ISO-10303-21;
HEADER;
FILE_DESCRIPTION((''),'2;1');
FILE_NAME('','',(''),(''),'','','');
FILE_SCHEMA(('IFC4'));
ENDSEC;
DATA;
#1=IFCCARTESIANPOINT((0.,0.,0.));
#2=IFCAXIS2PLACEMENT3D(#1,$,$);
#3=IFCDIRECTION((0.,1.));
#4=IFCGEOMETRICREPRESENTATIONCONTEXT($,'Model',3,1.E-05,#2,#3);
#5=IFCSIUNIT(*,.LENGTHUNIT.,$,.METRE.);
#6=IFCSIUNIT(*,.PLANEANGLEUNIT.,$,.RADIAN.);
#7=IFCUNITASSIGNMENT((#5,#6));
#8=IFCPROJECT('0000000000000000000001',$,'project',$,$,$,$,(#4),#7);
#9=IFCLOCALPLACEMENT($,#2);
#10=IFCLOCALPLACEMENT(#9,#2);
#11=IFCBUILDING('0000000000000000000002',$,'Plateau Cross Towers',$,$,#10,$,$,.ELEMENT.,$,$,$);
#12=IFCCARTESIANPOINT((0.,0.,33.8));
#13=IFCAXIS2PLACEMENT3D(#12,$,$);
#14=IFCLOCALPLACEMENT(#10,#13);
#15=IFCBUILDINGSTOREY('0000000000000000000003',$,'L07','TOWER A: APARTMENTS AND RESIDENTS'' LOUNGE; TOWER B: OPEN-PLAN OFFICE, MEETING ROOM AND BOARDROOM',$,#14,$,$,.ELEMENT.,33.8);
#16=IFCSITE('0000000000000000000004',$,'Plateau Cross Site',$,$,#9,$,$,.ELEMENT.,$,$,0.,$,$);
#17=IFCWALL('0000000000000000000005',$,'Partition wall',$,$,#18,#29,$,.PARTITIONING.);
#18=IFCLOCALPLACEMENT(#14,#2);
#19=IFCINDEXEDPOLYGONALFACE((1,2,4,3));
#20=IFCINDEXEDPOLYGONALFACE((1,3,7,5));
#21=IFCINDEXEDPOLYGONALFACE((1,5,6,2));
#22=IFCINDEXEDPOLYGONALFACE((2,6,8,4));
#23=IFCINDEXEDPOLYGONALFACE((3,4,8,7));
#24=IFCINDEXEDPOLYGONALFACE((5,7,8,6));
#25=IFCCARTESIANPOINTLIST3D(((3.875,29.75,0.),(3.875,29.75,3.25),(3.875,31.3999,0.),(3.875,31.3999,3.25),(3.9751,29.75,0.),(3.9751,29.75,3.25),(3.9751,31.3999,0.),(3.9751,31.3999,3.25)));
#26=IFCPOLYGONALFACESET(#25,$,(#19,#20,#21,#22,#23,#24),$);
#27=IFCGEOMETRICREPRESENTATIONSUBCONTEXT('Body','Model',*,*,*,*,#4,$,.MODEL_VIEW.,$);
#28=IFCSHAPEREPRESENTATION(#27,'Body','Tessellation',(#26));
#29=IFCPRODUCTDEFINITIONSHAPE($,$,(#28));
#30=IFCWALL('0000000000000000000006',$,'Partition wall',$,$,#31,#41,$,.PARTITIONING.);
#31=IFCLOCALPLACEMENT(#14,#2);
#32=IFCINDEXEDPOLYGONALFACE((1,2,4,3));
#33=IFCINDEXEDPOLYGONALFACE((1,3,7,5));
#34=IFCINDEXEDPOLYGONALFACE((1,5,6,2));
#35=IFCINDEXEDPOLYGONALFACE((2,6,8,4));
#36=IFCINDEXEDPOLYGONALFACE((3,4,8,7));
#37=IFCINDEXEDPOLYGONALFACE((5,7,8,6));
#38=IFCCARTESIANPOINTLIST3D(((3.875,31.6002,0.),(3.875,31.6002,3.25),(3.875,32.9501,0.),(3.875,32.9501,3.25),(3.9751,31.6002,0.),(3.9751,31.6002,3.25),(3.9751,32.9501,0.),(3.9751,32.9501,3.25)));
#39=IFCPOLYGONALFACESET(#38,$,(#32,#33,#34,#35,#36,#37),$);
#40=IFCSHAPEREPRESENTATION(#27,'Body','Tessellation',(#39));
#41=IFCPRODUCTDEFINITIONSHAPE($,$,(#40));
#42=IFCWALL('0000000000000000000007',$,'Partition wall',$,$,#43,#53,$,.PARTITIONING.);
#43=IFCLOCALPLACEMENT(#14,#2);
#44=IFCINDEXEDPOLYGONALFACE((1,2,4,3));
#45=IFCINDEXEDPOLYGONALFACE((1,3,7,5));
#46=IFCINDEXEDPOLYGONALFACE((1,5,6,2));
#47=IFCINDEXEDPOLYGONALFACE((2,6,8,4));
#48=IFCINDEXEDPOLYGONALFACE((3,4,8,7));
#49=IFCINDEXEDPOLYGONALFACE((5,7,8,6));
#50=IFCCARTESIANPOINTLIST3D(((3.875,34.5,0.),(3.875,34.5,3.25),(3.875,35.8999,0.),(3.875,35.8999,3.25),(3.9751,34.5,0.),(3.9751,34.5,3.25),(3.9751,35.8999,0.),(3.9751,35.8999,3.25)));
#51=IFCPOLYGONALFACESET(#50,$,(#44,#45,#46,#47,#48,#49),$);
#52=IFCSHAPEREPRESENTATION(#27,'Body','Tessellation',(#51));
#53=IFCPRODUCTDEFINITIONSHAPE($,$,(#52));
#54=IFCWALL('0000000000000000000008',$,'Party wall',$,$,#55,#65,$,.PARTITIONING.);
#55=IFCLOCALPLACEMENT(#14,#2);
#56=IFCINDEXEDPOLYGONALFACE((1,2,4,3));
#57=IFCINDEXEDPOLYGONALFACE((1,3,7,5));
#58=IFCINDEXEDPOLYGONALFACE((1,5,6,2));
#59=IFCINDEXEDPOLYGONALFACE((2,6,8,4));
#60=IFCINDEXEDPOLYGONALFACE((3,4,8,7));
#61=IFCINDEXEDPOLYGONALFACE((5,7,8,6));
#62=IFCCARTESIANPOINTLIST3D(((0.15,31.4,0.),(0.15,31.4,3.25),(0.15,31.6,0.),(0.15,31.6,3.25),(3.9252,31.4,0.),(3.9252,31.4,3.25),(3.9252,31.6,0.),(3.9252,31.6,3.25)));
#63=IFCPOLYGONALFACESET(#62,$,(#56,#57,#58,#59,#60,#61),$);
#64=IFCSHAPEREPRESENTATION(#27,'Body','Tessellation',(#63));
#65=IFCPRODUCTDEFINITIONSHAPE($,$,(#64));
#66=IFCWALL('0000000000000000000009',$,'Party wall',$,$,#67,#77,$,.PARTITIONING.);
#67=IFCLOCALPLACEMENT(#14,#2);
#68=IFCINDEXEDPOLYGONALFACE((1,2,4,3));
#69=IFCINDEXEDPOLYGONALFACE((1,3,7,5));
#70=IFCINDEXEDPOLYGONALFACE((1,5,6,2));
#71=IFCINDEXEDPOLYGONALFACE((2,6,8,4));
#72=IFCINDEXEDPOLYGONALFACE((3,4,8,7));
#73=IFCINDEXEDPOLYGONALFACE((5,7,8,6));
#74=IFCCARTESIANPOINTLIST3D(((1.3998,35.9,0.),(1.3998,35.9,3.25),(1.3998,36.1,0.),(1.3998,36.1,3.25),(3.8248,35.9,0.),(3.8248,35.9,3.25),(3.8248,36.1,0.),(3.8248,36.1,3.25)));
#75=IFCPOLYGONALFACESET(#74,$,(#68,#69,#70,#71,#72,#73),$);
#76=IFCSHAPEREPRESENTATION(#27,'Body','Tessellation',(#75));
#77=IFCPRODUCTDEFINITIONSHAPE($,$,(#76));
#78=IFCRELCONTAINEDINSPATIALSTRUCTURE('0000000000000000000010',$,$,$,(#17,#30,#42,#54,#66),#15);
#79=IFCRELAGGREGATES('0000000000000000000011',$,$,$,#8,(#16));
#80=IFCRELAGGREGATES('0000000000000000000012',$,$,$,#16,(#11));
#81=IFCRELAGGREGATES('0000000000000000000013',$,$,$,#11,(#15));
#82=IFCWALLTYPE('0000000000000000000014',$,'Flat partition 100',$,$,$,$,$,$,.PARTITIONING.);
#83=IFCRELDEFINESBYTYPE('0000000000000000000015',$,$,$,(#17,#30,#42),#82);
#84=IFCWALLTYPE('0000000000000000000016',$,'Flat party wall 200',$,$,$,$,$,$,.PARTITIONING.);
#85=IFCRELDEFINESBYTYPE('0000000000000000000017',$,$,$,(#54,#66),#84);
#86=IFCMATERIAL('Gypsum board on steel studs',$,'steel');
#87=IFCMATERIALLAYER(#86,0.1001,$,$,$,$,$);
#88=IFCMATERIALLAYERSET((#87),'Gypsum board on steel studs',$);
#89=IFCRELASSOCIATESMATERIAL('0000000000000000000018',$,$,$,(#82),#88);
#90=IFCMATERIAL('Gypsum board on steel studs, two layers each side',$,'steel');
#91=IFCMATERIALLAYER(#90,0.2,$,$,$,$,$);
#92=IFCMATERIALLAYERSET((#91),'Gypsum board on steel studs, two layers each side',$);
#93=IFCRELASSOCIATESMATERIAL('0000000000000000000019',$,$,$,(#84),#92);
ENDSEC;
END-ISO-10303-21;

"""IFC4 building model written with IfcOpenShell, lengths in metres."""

from ifc_helpers import new_model, si_unit, direction, frame, frame_2d, origin, place, context, subcontext, project, spatial, rectangle, extrude, material, layer, layer_set, type_object, element, save


model = new_model("IFC4")

# Units and contexts
model_context = context("Model", 3, precision=1e-05, world=origin(), true_north=direction((0.0, 1.0)))
body_context = subcontext(model_context, "Body", "Model", "MODEL_VIEW")
ifc_project = project(units=[si_unit("LENGTHUNIT", "METRE"), si_unit("PLANEANGLEUNIT", "RADIAN")], contexts=[model_context])

# Site, building, storey
site_placement = place(None, origin())
site = spatial("IfcSite", under=ifc_project, at=site_placement, Name="Plateau Cross Site", CompositionType="ELEMENT", RefElevation=0.0)
building_placement = place(site_placement, origin())
building = spatial("IfcBuilding", under=site, at=building_placement, Name="Plateau Cross Towers", CompositionType="ELEMENT")
storey_placement = place(building_placement, frame((0.0, 0.0, 33.8)))
storey = spatial("IfcBuildingStorey", under=building, at=storey_placement, Name="L07", Description="TOWER A: APARTMENTS AND RESIDENTS' LOUNGE; TOWER B: OPEN-PLAN OFFICE, MEETING ROOM AND BOARDROOM", CompositionType="ELEMENT", Elevation=33.8)

# Shared definitions
ifc_material_1 = material(Name="Gypsum board on steel studs", Category="steel")
ifc_layer_1 = layer(ifc_material_1, 0.1001)
ifc_layer_set_1 = layer_set([ifc_layer_1], Name="Gypsum board on steel studs")
wall_type_1 = type_object("IfcWallType", Name="Flat partition 100", PredefinedType="PARTITIONING", material=ifc_layer_set_1)

# Walls
wall_1_placement = place(storey_placement, frame((3.925, 31.3999, 0.0), z_axis=(0.0, 0.0, 1.0), x_axis=(0.0, -1.0, 0.0)))
element("IfcWall", 1, at=wall_1_placement, inside=storey, type_object=wall_type_1, Name="Partition wall", PredefinedType="PARTITIONING", context=body_context, shape_type="SweptSolid", body=[
    extrude(rectangle(XDim=1.6499, YDim=0.1001, at=frame_2d((0.825, 0.0))), origin(), (0.0, 0.0, 1.0), 3.25),
])
wall_2_placement = place(storey_placement, frame((3.925, 32.95, 0.0), z_axis=(0.0, 0.0, 1.0), x_axis=(0.0, -1.0, 0.0)))
element("IfcWall", 2, at=wall_2_placement, inside=storey, type_object=wall_type_1, Name="Partition wall", PredefinedType="PARTITIONING", context=body_context, shape_type="SweptSolid", body=[
    extrude(rectangle(XDim=1.3499, YDim=0.1001, at=frame_2d((0.6748, 0.0))), origin(), (0.0, 0.0, 1.0), 3.25),
])
wall_3_placement = place(storey_placement, frame((3.925, 35.8999, 0.0), z_axis=(0.0, 0.0, 1.0), x_axis=(0.0, -1.0, 0.0)))
element("IfcWall", 3, at=wall_3_placement, inside=storey, type_object=wall_type_1, Name="Partition wall", PredefinedType="PARTITIONING", context=body_context, shape_type="SweptSolid", body=[
    extrude(rectangle(XDim=1.3999, YDim=0.1001, at=frame_2d((0.7, 0.0))), origin(), (0.0, 0.0, 1.0), 3.25),
])
ifc_material_2 = material(Name="Gypsum board on steel studs, two layers each side", Category="steel")
ifc_layer_2 = layer(ifc_material_2, 0.2)
ifc_layer_set_2 = layer_set([ifc_layer_2], Name="Gypsum board on steel studs, two layers each side")
wall_type_2 = type_object("IfcWallType", Name="Flat party wall 200", PredefinedType="PARTITIONING", material=ifc_layer_set_2)
wall_4_placement = place(storey_placement, frame((0.1499, 31.5, 0.0), z_axis=(0.0, 0.0, 1.0), x_axis=(1.0, 0.0, 0.0)))
element("IfcWall", 4, at=wall_4_placement, inside=storey, type_object=wall_type_2, Name="Party wall", PredefinedType="PARTITIONING", context=body_context, shape_type="SweptSolid", body=[
    extrude(rectangle(XDim=3.7751, YDim=0.2, at=frame_2d((1.8877, 0.0))), origin(), (0.0, 0.0, 1.0), 3.25),
])
wall_5_placement = place(storey_placement, frame((1.3999, 36.0, 0.0), z_axis=(0.0, 0.0, 1.0), x_axis=(1.0, 0.0, 0.0)))
element("IfcWall", 5, at=wall_5_placement, inside=storey, type_object=wall_type_2, Name="Party wall", PredefinedType="PARTITIONING", context=body_context, shape_type="SweptSolid", body=[
    extrude(rectangle(XDim=2.425, YDim=0.2, at=frame_2d((1.2124, 0.0))), origin(), (0.0, 0.0, 1.0), 3.25),
])

save(model, "model.ifc")
